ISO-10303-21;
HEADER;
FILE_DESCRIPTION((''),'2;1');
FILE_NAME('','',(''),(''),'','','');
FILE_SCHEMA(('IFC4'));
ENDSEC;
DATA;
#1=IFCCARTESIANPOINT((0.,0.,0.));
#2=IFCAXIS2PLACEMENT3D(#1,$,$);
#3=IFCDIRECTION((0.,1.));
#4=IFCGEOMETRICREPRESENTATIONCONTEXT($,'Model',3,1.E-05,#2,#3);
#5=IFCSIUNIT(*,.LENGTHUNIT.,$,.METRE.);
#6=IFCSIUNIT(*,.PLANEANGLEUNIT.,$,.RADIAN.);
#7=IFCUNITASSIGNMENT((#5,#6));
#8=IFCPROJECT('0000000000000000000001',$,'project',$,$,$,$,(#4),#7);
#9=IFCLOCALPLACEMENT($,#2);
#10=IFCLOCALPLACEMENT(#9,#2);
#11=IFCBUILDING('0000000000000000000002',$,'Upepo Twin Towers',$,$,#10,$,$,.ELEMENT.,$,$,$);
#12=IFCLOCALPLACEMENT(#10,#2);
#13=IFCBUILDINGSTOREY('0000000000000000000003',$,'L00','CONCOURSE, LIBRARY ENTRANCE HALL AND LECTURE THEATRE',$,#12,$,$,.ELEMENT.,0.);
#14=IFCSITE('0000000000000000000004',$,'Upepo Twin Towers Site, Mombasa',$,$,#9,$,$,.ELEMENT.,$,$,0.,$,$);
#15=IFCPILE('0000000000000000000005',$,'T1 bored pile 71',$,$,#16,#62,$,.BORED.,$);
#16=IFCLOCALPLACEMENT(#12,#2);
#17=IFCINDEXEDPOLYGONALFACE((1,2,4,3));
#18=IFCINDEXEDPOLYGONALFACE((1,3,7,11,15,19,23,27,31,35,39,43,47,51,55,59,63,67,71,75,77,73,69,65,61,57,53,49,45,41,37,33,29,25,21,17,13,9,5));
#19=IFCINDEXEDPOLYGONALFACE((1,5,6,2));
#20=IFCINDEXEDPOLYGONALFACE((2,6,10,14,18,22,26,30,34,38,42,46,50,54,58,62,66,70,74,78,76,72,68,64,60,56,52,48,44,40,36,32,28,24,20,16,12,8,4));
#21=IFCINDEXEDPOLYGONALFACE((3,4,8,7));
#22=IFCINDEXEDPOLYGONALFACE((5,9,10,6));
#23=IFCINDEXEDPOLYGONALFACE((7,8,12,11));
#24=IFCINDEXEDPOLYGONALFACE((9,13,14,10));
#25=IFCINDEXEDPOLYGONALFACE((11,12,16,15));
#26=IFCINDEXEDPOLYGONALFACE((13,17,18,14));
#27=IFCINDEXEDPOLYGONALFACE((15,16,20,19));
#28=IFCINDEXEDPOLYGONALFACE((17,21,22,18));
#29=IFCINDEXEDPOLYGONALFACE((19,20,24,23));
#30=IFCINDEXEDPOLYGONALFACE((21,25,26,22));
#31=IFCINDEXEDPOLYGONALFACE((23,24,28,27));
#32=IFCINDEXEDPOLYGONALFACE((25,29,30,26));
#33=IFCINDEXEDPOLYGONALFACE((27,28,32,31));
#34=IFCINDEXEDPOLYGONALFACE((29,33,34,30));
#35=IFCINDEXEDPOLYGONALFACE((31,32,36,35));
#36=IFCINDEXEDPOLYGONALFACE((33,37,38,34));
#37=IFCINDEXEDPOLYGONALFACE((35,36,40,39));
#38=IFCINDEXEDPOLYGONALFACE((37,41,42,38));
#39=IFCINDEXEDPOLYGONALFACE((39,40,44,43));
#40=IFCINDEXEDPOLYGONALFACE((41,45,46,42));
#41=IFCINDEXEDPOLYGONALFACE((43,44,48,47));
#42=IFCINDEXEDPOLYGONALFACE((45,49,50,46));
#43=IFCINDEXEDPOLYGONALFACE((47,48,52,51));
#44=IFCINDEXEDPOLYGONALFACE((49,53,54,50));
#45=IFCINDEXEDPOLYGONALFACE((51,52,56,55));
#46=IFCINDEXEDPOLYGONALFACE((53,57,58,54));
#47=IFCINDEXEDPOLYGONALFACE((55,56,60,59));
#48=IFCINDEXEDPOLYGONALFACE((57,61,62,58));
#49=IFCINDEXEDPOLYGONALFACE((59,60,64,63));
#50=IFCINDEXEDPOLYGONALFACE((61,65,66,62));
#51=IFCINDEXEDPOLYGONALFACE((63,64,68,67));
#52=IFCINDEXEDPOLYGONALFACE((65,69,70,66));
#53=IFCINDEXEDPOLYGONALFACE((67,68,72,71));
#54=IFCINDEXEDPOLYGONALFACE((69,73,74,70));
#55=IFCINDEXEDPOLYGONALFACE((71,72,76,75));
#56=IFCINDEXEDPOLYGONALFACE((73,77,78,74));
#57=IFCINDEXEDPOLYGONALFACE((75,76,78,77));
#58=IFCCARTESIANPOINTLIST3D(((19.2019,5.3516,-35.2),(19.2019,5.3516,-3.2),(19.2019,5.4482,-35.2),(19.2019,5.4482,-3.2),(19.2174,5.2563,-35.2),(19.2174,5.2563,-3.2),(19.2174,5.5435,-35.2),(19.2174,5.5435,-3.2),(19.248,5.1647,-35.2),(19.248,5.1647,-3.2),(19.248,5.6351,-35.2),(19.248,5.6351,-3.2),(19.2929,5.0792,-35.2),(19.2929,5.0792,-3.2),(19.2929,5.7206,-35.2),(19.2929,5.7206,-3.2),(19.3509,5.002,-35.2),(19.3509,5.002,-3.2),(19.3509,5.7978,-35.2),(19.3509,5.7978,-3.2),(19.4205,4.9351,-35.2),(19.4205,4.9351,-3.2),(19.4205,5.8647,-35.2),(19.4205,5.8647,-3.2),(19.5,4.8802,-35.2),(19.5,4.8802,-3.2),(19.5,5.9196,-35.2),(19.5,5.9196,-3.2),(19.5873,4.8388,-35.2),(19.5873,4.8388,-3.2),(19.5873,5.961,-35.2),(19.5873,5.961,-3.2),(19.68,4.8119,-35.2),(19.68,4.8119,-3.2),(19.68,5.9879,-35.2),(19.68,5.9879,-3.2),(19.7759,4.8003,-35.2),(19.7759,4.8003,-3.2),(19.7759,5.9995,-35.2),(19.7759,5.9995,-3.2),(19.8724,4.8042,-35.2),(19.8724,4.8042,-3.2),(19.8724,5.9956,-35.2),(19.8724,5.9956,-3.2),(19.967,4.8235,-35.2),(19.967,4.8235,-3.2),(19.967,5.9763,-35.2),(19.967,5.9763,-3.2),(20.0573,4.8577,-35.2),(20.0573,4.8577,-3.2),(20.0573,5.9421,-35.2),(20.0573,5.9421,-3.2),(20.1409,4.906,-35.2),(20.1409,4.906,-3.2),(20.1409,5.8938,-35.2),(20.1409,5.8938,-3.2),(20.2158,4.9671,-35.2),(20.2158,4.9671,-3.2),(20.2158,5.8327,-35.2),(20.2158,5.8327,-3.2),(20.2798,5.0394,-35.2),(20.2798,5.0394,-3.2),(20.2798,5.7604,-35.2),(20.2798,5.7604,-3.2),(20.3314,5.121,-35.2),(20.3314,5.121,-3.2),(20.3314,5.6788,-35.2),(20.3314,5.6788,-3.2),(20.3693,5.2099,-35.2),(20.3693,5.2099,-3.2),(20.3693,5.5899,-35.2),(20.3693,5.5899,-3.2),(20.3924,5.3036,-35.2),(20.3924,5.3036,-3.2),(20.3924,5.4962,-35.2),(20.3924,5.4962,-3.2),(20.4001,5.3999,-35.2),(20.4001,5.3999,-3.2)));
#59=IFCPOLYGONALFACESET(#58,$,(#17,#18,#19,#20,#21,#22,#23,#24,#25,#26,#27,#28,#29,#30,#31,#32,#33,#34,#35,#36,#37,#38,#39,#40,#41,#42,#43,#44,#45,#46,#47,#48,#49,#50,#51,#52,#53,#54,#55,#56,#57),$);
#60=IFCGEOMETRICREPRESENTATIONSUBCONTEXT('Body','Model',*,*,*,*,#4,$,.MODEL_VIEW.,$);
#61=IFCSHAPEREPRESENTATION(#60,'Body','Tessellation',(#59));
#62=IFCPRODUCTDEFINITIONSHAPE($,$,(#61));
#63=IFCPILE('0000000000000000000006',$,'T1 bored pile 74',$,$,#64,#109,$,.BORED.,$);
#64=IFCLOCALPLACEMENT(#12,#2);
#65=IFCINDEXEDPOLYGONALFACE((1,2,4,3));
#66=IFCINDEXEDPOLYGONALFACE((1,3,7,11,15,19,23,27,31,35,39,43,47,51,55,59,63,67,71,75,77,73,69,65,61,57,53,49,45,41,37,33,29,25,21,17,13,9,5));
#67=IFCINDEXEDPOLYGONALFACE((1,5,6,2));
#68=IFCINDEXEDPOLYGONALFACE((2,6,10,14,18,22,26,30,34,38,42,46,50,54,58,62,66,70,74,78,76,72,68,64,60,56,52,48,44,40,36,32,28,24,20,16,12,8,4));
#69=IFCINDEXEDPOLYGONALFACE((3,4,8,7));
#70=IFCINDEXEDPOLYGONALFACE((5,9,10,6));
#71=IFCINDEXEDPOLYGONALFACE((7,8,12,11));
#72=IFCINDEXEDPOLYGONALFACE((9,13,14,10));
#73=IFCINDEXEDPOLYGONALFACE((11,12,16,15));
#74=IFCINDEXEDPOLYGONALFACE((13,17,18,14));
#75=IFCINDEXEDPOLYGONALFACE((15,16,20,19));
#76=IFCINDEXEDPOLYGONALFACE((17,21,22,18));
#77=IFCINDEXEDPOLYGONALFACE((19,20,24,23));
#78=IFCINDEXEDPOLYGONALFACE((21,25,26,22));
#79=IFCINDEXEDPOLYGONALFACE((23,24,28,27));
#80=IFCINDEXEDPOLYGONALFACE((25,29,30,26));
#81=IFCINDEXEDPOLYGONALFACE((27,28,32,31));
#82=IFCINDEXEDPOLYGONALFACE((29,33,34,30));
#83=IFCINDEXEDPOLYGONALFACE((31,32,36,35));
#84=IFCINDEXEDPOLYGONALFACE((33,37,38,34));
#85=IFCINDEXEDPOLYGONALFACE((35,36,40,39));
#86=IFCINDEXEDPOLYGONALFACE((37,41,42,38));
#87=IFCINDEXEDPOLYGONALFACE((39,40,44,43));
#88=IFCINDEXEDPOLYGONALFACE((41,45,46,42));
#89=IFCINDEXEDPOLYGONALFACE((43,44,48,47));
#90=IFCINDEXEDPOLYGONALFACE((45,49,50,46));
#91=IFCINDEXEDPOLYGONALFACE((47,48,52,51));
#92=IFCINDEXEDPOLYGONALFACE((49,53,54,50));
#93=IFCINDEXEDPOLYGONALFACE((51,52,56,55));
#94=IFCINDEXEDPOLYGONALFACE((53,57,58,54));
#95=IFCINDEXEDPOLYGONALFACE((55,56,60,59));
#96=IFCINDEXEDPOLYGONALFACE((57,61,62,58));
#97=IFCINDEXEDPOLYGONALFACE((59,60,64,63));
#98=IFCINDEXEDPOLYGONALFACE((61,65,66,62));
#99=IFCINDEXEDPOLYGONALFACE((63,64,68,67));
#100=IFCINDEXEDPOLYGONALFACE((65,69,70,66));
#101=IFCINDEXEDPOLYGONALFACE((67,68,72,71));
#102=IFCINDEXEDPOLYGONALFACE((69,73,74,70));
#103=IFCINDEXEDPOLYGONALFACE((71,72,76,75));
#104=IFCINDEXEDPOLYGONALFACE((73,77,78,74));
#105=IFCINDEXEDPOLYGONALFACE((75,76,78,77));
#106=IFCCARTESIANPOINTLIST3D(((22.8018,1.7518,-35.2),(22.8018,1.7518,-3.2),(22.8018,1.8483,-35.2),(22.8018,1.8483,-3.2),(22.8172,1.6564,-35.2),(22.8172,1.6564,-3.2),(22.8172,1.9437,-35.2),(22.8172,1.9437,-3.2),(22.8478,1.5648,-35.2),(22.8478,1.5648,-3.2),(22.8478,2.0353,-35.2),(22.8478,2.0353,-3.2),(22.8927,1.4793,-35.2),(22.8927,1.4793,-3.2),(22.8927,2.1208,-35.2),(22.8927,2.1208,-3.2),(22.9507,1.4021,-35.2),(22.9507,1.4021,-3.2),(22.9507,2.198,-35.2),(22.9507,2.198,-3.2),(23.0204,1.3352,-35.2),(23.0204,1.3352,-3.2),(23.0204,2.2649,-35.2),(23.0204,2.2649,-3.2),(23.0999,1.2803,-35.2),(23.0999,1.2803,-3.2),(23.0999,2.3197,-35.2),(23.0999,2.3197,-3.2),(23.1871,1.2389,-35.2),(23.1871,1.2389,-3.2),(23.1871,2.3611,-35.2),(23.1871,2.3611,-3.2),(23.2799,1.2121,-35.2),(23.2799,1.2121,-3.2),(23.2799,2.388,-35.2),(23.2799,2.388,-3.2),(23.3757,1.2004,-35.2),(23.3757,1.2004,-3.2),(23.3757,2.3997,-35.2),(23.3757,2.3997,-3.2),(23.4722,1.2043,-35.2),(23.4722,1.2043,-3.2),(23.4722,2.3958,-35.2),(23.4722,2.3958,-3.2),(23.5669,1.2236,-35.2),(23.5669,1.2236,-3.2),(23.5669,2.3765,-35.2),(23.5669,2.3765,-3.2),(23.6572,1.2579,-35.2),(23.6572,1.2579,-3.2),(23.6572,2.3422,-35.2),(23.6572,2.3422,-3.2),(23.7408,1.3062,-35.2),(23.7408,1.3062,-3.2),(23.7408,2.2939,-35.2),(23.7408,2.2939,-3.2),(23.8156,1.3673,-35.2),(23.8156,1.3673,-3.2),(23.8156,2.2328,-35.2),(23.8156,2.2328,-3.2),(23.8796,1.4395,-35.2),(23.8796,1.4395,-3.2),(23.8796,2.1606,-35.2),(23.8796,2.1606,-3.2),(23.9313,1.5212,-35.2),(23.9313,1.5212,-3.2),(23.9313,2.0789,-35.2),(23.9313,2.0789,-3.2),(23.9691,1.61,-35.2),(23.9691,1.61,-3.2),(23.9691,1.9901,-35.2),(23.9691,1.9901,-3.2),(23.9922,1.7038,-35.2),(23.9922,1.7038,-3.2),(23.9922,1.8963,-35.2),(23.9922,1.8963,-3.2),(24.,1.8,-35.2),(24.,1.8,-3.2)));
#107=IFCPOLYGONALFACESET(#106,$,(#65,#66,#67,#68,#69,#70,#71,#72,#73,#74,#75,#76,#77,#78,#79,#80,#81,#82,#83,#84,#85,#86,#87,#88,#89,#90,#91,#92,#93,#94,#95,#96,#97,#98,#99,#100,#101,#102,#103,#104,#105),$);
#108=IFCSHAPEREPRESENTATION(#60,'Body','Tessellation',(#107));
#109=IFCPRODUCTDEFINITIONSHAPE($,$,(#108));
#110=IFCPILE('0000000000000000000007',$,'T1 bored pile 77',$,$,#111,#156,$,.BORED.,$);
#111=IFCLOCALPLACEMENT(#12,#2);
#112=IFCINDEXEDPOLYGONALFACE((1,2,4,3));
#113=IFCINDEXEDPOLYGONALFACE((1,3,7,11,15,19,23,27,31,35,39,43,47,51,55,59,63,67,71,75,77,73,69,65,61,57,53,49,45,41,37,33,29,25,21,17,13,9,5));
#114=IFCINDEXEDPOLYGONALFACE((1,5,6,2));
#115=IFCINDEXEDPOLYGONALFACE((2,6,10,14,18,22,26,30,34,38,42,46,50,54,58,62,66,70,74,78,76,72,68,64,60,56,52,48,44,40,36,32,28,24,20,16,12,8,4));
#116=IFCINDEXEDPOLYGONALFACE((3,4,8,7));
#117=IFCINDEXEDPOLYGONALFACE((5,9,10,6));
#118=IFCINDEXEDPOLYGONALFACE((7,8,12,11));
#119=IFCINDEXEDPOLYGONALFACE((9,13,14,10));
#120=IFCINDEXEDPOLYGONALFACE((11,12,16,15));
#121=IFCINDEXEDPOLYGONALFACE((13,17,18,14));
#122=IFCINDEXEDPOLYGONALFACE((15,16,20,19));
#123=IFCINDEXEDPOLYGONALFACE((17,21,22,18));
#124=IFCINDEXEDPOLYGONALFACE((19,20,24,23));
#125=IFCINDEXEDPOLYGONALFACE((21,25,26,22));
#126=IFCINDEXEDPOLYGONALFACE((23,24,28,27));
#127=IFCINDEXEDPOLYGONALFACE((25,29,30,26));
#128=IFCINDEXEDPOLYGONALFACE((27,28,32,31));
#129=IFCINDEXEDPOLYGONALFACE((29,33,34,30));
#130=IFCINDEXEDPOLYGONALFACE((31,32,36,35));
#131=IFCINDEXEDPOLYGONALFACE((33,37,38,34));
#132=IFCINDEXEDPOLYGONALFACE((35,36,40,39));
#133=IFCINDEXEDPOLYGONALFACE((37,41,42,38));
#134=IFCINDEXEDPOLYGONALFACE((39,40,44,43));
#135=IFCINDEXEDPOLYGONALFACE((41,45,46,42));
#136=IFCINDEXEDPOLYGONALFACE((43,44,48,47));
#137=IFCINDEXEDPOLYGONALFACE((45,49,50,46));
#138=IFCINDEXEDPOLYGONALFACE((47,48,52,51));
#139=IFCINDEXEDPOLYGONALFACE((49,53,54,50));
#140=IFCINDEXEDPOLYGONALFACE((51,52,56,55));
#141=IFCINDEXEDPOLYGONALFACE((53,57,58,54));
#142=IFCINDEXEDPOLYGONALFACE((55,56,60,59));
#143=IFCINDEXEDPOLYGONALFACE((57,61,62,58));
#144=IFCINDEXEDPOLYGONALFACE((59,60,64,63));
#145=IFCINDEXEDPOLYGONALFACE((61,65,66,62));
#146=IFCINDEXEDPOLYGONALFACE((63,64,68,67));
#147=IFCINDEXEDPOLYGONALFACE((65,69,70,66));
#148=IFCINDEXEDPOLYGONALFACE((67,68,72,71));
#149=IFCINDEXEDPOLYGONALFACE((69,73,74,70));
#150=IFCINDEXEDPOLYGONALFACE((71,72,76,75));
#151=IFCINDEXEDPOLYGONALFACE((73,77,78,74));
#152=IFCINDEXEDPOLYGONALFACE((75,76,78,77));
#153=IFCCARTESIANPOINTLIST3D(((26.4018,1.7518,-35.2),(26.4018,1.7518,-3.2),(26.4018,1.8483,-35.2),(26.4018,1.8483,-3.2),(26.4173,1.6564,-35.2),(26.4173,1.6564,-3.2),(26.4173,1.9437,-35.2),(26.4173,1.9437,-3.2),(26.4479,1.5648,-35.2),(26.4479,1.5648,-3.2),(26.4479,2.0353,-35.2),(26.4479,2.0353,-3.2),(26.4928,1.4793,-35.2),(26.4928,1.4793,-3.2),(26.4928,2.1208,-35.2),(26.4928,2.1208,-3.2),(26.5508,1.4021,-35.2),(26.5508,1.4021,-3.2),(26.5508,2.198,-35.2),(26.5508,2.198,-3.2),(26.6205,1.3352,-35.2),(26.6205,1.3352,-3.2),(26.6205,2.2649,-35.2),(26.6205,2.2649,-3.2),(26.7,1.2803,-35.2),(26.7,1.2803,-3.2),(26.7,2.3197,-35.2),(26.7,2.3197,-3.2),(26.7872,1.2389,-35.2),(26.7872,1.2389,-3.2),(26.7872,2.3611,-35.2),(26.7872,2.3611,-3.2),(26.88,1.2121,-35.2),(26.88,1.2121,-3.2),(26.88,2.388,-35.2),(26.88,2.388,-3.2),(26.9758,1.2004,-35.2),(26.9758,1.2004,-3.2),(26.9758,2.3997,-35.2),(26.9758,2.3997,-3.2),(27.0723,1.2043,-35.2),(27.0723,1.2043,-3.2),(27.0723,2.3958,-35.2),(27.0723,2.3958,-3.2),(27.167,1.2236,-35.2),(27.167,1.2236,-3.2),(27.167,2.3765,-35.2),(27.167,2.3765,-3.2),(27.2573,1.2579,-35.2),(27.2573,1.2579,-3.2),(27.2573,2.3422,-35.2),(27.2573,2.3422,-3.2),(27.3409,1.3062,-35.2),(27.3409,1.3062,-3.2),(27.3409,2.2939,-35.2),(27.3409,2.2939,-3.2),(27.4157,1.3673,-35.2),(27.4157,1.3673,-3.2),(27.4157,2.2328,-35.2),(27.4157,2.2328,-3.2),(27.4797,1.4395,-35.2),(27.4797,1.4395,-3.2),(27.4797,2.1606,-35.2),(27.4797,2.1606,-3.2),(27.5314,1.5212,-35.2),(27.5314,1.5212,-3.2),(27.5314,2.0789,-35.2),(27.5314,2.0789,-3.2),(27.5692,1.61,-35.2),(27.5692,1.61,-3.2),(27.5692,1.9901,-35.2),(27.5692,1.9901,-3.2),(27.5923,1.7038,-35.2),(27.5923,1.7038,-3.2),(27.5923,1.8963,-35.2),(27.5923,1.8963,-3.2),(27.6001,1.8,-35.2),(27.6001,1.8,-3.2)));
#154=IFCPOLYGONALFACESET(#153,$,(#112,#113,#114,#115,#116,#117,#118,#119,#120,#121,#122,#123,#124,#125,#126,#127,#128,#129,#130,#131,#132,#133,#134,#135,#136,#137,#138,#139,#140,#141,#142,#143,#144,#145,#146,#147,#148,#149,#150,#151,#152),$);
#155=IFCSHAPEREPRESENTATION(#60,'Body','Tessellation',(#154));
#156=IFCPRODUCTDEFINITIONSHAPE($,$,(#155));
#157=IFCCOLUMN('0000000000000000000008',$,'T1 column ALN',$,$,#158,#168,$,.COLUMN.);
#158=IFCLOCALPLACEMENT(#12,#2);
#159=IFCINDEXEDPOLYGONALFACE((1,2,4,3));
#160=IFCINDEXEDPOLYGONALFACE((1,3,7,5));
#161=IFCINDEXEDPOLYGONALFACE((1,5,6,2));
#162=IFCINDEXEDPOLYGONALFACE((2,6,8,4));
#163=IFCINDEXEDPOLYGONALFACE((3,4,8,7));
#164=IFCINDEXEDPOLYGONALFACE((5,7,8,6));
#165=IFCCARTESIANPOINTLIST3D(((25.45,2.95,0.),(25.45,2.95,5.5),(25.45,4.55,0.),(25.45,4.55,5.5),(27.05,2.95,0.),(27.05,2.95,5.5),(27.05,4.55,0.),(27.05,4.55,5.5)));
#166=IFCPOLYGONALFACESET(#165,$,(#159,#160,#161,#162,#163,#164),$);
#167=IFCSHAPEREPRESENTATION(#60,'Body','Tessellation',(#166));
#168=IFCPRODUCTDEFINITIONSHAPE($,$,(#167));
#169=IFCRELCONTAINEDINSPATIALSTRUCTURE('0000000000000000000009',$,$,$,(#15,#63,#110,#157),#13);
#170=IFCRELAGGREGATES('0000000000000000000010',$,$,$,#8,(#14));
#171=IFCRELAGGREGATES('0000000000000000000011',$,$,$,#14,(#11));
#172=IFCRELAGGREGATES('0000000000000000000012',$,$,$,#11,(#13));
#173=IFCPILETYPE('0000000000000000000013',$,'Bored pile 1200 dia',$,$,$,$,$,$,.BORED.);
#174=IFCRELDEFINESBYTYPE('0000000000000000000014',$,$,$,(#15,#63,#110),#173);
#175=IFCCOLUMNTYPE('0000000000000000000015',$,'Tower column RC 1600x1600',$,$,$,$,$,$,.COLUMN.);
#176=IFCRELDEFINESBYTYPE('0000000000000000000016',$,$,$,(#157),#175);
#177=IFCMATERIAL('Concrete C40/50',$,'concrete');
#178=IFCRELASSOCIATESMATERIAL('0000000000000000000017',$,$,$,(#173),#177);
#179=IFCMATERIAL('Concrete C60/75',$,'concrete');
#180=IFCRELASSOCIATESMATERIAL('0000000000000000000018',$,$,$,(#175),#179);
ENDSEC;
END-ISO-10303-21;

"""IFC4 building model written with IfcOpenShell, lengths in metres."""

from ifc_helpers import new_model, si_unit, direction, frame, origin, origin_2d, place, context, subcontext, project, spatial, rectangle, circle, extrude, material, material_profile, profile_set, type_object, element, save


model = new_model("IFC4")

# Units and contexts
model_context = context("Model", 3, precision=1e-05, world=origin(), true_north=direction((0.0, 1.0)))
body_context = subcontext(model_context, "Body", "Model", "MODEL_VIEW")
ifc_project = project(units=[si_unit("LENGTHUNIT", "METRE"), si_unit("PLANEANGLEUNIT", "RADIAN")], contexts=[model_context])

# Site, building, storey
site_placement = place(None, origin())
site = spatial("IfcSite", under=ifc_project, at=site_placement, Name="Upepo Twin Towers Site, Mombasa", CompositionType="ELEMENT", RefElevation=0.0)
building_placement = place(site_placement, origin())
building = spatial("IfcBuilding", under=site, at=building_placement, Name="Upepo Twin Towers", CompositionType="ELEMENT")
storey_placement = place(building_placement, origin())
storey = spatial("IfcBuildingStorey", under=building, at=storey_placement, Name="L00", Description="CONCOURSE, LIBRARY ENTRANCE HALL AND LECTURE THEATRE", CompositionType="ELEMENT", Elevation=0.0)

# Piles
ifc_material_1 = material(Name="Concrete C40/50", Category="concrete")
pile_type = type_object("IfcPileType", Name="Bored pile 1200 dia", PredefinedType="BORED", material=ifc_material_1)
for number, where, z_axis, x_axis, name in (
    (1, (19.8, 5.3999, -3.2), (0.0, 0.0, -1.0), (1.0, 0.0, 0.0), "T1 bored pile 71"),
    (2, (23.3999, 1.8, -3.2), (0.0, 0.0, -1.0), (1.0, 0.0, 0.0), "T1 bored pile 74"),
    (3, (27.0, 1.8, -3.2), (0.0, 0.0, -1.0), (1.0, 0.0, 0.0), "T1 bored pile 77"),
):
    element("IfcPile", number, at=place(storey_placement, frame(where, z_axis=z_axis, x_axis=x_axis)), inside=storey, type_object=pile_type, Name=name, PredefinedType="BORED", context=body_context, shape_type="SweptSolid", body=[
        extrude(circle(Radius=0.6001, at=origin_2d()), origin(), (0.0, 0.0, 1.0), 32.0),
    ])

# Column
ifc_material_2 = material(Name="Concrete C60/75", Category="concrete")
ifc_material_profile_1 = material_profile(ifc_material_2, rectangle(XDim=1.6001, YDim=1.6001, at=origin_2d()), Name="RC 1600x1600")
ifc_profile_set_1 = profile_set([ifc_material_profile_1], Name="Concrete C60/75")
column_type = type_object("IfcColumnType", Name="Tower column RC 1600x1600", PredefinedType="COLUMN", material=ifc_profile_set_1)
column_placement = place(storey_placement, frame((26.25, 3.75, 0.0), z_axis=(0.0, 0.0, 1.0), x_axis=(1.0, 0.0, 0.0)))
element("IfcColumn", 4, at=column_placement, inside=storey, type_object=column_type, Name="T1 column ALN", PredefinedType="COLUMN", context=body_context, shape_type="SweptSolid", body=[
    extrude(rectangle(XDim=1.6001, YDim=1.6001, at=origin_2d()), origin(), (0.0, 0.0, 1.0), 5.5),
])

save(model, "model.ifc")
